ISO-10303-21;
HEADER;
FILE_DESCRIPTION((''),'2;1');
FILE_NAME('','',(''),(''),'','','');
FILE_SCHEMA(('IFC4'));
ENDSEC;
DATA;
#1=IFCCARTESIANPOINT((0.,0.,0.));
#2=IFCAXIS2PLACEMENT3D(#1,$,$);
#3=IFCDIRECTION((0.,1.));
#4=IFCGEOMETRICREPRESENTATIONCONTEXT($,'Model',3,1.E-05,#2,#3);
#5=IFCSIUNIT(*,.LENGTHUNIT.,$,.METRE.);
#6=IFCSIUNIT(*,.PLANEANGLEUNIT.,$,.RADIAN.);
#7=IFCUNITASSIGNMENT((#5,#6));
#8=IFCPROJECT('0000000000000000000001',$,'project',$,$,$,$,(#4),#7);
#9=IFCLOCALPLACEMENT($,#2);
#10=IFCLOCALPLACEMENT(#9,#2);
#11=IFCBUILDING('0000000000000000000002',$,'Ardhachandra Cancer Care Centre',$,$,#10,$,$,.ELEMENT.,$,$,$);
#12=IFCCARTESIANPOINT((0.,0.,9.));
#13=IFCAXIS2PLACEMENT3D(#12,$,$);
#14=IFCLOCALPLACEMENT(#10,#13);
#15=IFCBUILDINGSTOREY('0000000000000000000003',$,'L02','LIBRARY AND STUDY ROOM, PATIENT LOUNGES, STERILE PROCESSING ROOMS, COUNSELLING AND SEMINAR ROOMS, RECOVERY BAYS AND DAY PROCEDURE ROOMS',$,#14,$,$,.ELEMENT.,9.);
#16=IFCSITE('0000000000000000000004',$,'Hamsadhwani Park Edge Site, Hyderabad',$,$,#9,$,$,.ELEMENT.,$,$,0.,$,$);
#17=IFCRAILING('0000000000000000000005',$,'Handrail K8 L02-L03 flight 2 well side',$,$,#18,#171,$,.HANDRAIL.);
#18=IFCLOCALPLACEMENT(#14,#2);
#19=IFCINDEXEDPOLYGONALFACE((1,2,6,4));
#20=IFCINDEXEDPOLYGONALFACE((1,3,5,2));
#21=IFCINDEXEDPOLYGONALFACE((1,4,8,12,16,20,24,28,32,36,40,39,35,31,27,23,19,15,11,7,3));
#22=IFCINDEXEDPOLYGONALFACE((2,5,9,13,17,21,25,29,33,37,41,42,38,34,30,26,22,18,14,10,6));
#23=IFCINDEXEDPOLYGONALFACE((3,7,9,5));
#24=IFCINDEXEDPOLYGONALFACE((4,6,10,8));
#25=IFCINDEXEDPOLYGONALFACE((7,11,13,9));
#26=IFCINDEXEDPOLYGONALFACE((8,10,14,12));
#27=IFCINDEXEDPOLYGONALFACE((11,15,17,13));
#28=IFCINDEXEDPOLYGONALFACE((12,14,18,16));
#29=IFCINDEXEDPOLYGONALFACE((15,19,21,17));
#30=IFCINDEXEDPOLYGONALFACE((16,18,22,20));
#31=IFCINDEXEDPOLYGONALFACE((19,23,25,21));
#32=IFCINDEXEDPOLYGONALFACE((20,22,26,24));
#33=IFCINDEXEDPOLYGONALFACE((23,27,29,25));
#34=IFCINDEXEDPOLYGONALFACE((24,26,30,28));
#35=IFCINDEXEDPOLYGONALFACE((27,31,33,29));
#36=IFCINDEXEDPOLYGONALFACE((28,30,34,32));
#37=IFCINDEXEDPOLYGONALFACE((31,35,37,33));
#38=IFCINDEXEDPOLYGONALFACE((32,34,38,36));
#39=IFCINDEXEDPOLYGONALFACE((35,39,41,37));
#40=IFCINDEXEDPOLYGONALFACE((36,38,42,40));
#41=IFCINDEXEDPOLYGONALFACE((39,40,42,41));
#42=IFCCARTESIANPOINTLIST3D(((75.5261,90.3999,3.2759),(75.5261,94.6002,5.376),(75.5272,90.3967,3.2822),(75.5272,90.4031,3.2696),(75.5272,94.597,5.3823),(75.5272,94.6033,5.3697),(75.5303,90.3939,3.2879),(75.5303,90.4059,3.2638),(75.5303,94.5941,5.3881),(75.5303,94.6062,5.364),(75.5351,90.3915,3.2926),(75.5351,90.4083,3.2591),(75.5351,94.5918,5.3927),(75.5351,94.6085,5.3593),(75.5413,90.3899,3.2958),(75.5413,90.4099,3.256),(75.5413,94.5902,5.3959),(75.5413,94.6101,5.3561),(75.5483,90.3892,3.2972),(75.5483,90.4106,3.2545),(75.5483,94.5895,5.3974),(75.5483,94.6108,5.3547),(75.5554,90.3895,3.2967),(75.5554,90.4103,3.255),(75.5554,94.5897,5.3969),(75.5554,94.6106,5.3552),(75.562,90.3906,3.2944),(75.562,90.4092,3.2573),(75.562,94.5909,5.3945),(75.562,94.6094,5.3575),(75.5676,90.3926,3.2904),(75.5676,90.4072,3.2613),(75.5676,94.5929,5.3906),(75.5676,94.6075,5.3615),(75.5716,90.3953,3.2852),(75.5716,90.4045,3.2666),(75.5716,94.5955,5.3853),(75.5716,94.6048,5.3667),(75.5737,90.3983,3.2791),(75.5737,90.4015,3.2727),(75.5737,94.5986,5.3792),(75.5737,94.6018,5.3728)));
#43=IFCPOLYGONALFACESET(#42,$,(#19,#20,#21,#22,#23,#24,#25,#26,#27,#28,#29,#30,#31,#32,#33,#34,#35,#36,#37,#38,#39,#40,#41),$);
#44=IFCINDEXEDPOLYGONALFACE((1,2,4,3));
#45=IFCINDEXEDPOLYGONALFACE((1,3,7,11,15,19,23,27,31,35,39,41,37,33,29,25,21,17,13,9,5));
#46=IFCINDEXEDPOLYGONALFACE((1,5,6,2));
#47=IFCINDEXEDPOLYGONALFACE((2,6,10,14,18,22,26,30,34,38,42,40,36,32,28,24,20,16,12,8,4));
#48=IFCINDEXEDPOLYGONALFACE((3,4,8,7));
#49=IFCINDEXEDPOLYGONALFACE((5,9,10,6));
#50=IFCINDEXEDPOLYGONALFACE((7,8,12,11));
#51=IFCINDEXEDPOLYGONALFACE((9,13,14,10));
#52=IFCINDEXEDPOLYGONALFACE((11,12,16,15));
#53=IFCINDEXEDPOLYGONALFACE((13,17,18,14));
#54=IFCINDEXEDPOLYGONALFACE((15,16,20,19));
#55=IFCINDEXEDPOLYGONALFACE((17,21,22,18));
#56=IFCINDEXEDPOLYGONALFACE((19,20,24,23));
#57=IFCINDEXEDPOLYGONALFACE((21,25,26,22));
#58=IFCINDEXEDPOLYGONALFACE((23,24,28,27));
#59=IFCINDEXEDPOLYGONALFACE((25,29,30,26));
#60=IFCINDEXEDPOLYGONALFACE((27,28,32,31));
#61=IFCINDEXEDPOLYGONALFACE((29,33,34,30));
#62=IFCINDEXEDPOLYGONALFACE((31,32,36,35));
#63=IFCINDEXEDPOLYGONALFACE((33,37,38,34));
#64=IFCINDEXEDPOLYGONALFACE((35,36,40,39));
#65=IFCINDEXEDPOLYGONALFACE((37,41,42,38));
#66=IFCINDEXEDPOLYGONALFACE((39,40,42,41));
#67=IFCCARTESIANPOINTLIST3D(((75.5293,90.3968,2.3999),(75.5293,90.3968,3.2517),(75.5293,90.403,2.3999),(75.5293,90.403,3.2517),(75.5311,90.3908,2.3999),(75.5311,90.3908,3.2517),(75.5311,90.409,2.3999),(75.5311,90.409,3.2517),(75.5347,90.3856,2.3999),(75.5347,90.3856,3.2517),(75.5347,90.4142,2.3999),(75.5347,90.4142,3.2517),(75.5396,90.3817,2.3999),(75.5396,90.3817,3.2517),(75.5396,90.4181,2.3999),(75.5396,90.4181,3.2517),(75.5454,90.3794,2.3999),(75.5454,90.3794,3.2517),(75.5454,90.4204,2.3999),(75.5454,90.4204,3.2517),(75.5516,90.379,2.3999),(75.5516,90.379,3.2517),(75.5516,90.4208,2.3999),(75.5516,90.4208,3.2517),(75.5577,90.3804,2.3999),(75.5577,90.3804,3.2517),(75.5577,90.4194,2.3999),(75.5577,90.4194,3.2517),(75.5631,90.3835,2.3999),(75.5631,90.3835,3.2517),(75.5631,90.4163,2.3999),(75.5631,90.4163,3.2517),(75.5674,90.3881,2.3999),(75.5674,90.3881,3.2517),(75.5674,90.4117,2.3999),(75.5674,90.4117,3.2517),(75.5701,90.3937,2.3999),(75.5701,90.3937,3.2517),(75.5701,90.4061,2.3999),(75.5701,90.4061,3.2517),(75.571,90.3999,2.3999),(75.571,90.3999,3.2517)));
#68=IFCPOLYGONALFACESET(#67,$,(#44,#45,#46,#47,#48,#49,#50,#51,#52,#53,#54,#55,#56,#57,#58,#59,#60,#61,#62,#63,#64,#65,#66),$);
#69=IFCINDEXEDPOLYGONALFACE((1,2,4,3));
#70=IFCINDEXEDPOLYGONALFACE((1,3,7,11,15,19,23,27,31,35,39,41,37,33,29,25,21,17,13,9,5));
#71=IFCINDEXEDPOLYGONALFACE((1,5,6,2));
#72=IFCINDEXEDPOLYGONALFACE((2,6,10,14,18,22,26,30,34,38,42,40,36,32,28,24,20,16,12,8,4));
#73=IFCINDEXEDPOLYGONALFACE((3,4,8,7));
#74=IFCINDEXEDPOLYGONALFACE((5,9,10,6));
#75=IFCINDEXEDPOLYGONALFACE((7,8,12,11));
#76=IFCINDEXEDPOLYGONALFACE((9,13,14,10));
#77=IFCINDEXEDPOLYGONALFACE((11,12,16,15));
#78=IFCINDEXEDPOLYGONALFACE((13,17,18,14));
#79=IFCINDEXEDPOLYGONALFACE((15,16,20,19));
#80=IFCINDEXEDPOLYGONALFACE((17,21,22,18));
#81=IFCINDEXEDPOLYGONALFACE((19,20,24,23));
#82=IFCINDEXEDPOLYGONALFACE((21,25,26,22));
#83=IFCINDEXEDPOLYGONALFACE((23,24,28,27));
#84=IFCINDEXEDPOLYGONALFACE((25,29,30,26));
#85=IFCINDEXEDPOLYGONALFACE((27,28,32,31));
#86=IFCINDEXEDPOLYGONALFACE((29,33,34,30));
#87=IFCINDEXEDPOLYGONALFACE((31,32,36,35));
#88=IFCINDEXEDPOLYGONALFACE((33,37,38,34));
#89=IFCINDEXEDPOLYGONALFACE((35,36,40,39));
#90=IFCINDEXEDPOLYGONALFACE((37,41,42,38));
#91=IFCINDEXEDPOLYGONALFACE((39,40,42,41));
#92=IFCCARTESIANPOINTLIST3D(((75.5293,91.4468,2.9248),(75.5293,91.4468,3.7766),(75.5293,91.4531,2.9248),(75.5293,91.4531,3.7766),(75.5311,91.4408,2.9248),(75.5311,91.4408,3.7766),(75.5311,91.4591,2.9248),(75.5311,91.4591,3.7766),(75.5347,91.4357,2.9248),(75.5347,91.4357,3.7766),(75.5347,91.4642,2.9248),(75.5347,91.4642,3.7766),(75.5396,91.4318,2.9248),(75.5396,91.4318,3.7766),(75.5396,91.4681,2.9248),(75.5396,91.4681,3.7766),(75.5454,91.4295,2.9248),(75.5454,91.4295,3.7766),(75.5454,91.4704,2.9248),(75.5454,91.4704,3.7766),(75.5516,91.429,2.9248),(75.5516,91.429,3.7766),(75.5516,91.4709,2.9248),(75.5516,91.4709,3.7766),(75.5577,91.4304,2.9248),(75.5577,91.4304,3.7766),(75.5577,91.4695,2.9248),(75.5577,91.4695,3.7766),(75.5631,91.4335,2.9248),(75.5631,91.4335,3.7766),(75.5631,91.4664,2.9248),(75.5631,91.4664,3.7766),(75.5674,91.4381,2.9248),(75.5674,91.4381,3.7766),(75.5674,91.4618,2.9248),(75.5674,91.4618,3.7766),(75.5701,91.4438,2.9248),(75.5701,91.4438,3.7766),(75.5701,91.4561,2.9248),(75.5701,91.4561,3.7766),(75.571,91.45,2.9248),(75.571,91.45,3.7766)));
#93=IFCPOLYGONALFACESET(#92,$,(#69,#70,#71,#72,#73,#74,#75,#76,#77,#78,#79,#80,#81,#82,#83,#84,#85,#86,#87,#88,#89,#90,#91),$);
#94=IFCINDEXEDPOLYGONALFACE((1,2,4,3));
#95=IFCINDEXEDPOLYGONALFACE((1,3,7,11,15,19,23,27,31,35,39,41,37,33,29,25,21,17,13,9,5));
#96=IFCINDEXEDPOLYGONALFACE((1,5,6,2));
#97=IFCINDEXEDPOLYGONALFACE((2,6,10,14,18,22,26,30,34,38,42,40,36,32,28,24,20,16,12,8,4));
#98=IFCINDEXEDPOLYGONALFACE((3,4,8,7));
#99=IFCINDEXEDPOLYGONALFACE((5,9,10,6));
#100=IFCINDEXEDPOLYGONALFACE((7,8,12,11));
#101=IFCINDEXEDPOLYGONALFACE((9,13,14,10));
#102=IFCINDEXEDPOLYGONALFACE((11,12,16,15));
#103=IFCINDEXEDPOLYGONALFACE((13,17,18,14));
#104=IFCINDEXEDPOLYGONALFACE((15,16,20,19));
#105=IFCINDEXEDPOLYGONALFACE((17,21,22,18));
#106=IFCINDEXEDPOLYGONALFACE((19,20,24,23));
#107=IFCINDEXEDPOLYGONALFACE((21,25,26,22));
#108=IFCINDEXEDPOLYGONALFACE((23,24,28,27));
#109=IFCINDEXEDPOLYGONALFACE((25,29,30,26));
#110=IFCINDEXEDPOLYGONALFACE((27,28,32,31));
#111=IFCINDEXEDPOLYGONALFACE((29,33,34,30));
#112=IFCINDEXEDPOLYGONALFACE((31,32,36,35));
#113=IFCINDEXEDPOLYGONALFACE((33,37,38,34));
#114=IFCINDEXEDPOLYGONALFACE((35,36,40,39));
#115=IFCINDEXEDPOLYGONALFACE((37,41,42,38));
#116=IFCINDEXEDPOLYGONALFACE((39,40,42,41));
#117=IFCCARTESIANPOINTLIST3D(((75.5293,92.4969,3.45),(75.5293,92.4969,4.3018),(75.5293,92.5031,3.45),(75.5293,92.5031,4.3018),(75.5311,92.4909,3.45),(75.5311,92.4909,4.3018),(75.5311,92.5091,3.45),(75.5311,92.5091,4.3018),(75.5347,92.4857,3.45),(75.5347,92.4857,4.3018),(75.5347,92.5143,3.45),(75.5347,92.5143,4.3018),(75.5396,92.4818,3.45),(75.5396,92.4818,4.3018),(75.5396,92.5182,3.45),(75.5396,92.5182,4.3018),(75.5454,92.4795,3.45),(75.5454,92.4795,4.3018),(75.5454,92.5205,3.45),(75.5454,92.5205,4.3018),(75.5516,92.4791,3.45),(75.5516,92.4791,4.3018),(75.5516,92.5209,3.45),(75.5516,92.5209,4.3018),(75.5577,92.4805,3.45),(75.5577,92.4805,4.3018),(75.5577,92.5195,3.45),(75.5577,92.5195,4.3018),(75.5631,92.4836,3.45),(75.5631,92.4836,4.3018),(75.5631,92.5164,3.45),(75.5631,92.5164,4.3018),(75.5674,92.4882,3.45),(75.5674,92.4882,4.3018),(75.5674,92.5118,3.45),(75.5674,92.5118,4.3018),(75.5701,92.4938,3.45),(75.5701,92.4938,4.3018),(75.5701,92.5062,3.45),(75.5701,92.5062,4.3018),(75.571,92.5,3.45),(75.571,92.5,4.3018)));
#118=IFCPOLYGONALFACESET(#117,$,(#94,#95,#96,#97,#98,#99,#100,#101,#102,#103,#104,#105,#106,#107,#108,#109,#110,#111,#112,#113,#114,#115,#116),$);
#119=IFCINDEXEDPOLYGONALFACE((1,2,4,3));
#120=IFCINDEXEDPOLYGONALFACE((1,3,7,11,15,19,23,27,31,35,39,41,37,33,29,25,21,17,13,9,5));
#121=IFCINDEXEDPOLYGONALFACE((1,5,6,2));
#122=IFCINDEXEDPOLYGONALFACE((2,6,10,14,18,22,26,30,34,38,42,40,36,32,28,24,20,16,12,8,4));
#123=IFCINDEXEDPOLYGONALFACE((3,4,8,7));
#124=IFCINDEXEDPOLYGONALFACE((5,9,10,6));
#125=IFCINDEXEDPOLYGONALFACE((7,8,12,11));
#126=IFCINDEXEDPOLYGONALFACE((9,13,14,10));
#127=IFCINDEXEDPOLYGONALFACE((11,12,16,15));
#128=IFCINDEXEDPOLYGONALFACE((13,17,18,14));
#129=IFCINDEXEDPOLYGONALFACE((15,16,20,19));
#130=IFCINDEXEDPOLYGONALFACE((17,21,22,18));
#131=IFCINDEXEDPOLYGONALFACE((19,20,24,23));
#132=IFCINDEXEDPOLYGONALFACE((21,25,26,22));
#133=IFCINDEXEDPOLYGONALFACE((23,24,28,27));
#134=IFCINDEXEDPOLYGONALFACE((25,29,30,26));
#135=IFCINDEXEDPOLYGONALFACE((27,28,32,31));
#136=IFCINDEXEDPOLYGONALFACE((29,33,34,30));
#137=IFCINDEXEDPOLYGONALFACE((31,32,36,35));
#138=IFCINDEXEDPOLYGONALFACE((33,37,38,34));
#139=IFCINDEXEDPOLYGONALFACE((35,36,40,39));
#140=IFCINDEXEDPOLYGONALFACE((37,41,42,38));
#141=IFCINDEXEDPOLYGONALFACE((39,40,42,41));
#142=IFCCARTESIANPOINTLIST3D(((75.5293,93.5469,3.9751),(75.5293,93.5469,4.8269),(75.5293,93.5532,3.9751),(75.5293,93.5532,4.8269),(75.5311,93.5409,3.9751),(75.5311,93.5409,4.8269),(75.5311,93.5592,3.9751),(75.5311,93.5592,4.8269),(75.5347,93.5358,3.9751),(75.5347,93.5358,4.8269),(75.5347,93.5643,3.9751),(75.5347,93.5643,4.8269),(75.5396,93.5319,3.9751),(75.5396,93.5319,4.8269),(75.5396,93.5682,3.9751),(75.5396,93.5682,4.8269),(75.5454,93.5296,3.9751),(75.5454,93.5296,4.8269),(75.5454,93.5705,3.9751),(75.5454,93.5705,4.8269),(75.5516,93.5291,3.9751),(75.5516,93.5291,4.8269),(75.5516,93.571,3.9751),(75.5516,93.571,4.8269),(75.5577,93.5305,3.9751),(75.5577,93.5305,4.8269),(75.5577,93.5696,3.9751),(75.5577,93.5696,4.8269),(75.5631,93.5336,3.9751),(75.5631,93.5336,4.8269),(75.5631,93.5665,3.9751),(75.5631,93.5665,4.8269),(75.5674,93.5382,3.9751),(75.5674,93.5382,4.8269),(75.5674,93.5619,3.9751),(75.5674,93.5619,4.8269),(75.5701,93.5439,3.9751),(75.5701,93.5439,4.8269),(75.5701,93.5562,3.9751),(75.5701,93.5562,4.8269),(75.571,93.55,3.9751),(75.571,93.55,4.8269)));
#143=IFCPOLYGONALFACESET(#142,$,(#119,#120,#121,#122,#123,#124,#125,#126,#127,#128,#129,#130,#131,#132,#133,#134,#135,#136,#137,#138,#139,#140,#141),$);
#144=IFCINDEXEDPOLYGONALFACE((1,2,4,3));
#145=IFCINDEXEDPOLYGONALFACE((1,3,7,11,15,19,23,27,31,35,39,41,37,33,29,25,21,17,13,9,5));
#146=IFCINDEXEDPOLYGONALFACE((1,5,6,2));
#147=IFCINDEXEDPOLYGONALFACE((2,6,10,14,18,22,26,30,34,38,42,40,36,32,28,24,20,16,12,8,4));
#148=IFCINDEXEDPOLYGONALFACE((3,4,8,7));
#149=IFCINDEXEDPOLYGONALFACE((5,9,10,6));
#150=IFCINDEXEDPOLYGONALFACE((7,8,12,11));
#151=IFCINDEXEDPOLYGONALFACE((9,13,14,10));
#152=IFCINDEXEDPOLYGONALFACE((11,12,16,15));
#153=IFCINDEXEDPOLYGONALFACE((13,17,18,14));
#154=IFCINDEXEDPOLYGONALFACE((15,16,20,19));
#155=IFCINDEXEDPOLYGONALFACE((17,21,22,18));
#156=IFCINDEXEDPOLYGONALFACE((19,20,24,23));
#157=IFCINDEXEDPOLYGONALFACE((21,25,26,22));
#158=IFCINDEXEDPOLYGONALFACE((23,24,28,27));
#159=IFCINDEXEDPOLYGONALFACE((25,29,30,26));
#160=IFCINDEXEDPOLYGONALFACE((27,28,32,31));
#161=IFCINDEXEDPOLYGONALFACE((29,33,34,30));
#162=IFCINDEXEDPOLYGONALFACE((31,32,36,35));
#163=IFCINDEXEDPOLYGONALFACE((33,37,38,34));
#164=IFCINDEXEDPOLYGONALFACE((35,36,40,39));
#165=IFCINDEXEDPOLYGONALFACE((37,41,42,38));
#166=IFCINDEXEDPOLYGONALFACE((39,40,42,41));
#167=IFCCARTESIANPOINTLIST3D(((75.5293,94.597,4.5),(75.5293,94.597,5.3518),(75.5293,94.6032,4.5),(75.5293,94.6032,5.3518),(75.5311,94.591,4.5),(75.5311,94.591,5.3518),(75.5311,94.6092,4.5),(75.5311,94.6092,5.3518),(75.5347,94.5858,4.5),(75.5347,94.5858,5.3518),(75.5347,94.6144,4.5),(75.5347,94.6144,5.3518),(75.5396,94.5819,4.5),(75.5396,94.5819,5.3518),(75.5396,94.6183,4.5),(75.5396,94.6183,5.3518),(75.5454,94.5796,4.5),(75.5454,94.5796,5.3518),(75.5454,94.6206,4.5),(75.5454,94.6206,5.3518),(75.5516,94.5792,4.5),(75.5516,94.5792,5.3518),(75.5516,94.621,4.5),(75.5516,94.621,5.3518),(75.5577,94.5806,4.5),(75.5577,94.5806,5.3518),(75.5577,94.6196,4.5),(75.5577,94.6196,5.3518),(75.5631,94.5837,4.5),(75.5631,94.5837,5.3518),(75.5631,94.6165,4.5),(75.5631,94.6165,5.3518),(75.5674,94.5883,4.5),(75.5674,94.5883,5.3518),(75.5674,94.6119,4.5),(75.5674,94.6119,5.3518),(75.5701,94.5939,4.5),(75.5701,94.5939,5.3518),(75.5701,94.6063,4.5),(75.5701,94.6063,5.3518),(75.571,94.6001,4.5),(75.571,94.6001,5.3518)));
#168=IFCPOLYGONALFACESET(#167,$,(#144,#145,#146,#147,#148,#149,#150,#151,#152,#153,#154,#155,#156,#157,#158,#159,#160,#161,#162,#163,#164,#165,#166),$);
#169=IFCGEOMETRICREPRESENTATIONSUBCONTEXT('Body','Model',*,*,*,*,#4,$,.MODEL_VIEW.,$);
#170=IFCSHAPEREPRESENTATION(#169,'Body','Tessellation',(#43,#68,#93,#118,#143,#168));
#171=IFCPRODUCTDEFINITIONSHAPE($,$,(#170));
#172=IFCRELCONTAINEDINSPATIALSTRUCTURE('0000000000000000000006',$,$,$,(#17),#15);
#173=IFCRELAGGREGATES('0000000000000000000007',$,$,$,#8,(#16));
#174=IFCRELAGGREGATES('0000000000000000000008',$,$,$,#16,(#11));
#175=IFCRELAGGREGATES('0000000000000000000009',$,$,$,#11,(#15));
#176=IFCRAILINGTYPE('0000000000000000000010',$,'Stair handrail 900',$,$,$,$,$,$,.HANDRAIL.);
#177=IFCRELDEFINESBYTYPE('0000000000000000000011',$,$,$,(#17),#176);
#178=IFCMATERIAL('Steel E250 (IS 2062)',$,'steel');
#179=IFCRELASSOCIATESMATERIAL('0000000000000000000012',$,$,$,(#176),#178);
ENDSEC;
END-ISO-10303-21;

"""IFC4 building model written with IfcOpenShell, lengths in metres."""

from ifc_helpers import new_model, si_unit, direction, frame, origin, origin_2d, place, context, subcontext, project, spatial, circle, extrude, material, type_object, element, save


model = new_model("IFC4")

# Units and contexts
model_context = context("Model", 3, precision=1e-05, world=origin(), true_north=direction((0.0, 1.0)))
body_context = subcontext(model_context, "Body", "Model", "MODEL_VIEW")
ifc_project = project(units=[si_unit("LENGTHUNIT", "METRE"), si_unit("PLANEANGLEUNIT", "RADIAN")], contexts=[model_context])

# Site, building, storey
site_placement = place(None, origin())
site = spatial("IfcSite", under=ifc_project, at=site_placement, Name="Hamsadhwani Park Edge Site, Hyderabad", CompositionType="ELEMENT", RefElevation=0.0)
building_placement = place(site_placement, origin())
building = spatial("IfcBuilding", under=site, at=building_placement, Name="Ardhachandra Cancer Care Centre", CompositionType="ELEMENT")
storey_placement = place(building_placement, frame((0.0, 0.0, 9.0)))
storey = spatial("IfcBuildingStorey", under=building, at=storey_placement, Name="L02", Description="LIBRARY AND STUDY ROOM, PATIENT LOUNGES, STERILE PROCESSING ROOMS, COUNSELLING AND SEMINAR ROOMS, RECOVERY BAYS AND DAY PROCEDURE ROOMS", CompositionType="ELEMENT", Elevation=9.0)

# Railing
ifc_material_1 = material(Name="Steel E250 (IS 2062)", Category="steel")
railing_type_1 = type_object("IfcRailingType", Name="Stair handrail 900", PredefinedType="HANDRAIL", material=ifc_material_1)
for number, where, name in (
    (1, (75.55, 90.3999, 2.3999), "Handrail K8 L02-L03 flight 2 well side"),
):
    element("IfcRailing", number, at=place(storey_placement, frame(where)), inside=storey, type_object=railing_type_1, Name=name, PredefinedType="HANDRAIL", context=body_context, shape_type="SweptSolid", body=[
        extrude(circle(Radius=0.0239, at=origin_2d()), frame((0.0, 0.0, 0.876), z_axis=(0.0, 0.894427, 0.447214), x_axis=(-1.0, 0.0, 0.0)), (0.0, 0.0, 1.0), 4.696),
        extrude(circle(Radius=0.021, at=origin_2d()), origin(), (0.0, 0.0, 1.0), 0.8518),
        extrude(circle(Radius=0.021, at=origin_2d()), frame((0.0, 1.05, 0.5249)), (0.0, 0.0, 1.0), 0.8518),
        extrude(circle(Radius=0.021, at=origin_2d()), frame((0.0, 2.1001, 1.05)), (0.0, 0.0, 1.0), 0.8518),
        extrude(circle(Radius=0.021, at=origin_2d()), frame((0.0, 3.1501, 1.5752)), (0.0, 0.0, 1.0), 0.8518),
        extrude(circle(Radius=0.021, at=origin_2d()), frame((0.0, 4.2002, 2.1001)), (0.0, 0.0, 1.0), 0.8518),
    ])

save(model, "model.ifc")
